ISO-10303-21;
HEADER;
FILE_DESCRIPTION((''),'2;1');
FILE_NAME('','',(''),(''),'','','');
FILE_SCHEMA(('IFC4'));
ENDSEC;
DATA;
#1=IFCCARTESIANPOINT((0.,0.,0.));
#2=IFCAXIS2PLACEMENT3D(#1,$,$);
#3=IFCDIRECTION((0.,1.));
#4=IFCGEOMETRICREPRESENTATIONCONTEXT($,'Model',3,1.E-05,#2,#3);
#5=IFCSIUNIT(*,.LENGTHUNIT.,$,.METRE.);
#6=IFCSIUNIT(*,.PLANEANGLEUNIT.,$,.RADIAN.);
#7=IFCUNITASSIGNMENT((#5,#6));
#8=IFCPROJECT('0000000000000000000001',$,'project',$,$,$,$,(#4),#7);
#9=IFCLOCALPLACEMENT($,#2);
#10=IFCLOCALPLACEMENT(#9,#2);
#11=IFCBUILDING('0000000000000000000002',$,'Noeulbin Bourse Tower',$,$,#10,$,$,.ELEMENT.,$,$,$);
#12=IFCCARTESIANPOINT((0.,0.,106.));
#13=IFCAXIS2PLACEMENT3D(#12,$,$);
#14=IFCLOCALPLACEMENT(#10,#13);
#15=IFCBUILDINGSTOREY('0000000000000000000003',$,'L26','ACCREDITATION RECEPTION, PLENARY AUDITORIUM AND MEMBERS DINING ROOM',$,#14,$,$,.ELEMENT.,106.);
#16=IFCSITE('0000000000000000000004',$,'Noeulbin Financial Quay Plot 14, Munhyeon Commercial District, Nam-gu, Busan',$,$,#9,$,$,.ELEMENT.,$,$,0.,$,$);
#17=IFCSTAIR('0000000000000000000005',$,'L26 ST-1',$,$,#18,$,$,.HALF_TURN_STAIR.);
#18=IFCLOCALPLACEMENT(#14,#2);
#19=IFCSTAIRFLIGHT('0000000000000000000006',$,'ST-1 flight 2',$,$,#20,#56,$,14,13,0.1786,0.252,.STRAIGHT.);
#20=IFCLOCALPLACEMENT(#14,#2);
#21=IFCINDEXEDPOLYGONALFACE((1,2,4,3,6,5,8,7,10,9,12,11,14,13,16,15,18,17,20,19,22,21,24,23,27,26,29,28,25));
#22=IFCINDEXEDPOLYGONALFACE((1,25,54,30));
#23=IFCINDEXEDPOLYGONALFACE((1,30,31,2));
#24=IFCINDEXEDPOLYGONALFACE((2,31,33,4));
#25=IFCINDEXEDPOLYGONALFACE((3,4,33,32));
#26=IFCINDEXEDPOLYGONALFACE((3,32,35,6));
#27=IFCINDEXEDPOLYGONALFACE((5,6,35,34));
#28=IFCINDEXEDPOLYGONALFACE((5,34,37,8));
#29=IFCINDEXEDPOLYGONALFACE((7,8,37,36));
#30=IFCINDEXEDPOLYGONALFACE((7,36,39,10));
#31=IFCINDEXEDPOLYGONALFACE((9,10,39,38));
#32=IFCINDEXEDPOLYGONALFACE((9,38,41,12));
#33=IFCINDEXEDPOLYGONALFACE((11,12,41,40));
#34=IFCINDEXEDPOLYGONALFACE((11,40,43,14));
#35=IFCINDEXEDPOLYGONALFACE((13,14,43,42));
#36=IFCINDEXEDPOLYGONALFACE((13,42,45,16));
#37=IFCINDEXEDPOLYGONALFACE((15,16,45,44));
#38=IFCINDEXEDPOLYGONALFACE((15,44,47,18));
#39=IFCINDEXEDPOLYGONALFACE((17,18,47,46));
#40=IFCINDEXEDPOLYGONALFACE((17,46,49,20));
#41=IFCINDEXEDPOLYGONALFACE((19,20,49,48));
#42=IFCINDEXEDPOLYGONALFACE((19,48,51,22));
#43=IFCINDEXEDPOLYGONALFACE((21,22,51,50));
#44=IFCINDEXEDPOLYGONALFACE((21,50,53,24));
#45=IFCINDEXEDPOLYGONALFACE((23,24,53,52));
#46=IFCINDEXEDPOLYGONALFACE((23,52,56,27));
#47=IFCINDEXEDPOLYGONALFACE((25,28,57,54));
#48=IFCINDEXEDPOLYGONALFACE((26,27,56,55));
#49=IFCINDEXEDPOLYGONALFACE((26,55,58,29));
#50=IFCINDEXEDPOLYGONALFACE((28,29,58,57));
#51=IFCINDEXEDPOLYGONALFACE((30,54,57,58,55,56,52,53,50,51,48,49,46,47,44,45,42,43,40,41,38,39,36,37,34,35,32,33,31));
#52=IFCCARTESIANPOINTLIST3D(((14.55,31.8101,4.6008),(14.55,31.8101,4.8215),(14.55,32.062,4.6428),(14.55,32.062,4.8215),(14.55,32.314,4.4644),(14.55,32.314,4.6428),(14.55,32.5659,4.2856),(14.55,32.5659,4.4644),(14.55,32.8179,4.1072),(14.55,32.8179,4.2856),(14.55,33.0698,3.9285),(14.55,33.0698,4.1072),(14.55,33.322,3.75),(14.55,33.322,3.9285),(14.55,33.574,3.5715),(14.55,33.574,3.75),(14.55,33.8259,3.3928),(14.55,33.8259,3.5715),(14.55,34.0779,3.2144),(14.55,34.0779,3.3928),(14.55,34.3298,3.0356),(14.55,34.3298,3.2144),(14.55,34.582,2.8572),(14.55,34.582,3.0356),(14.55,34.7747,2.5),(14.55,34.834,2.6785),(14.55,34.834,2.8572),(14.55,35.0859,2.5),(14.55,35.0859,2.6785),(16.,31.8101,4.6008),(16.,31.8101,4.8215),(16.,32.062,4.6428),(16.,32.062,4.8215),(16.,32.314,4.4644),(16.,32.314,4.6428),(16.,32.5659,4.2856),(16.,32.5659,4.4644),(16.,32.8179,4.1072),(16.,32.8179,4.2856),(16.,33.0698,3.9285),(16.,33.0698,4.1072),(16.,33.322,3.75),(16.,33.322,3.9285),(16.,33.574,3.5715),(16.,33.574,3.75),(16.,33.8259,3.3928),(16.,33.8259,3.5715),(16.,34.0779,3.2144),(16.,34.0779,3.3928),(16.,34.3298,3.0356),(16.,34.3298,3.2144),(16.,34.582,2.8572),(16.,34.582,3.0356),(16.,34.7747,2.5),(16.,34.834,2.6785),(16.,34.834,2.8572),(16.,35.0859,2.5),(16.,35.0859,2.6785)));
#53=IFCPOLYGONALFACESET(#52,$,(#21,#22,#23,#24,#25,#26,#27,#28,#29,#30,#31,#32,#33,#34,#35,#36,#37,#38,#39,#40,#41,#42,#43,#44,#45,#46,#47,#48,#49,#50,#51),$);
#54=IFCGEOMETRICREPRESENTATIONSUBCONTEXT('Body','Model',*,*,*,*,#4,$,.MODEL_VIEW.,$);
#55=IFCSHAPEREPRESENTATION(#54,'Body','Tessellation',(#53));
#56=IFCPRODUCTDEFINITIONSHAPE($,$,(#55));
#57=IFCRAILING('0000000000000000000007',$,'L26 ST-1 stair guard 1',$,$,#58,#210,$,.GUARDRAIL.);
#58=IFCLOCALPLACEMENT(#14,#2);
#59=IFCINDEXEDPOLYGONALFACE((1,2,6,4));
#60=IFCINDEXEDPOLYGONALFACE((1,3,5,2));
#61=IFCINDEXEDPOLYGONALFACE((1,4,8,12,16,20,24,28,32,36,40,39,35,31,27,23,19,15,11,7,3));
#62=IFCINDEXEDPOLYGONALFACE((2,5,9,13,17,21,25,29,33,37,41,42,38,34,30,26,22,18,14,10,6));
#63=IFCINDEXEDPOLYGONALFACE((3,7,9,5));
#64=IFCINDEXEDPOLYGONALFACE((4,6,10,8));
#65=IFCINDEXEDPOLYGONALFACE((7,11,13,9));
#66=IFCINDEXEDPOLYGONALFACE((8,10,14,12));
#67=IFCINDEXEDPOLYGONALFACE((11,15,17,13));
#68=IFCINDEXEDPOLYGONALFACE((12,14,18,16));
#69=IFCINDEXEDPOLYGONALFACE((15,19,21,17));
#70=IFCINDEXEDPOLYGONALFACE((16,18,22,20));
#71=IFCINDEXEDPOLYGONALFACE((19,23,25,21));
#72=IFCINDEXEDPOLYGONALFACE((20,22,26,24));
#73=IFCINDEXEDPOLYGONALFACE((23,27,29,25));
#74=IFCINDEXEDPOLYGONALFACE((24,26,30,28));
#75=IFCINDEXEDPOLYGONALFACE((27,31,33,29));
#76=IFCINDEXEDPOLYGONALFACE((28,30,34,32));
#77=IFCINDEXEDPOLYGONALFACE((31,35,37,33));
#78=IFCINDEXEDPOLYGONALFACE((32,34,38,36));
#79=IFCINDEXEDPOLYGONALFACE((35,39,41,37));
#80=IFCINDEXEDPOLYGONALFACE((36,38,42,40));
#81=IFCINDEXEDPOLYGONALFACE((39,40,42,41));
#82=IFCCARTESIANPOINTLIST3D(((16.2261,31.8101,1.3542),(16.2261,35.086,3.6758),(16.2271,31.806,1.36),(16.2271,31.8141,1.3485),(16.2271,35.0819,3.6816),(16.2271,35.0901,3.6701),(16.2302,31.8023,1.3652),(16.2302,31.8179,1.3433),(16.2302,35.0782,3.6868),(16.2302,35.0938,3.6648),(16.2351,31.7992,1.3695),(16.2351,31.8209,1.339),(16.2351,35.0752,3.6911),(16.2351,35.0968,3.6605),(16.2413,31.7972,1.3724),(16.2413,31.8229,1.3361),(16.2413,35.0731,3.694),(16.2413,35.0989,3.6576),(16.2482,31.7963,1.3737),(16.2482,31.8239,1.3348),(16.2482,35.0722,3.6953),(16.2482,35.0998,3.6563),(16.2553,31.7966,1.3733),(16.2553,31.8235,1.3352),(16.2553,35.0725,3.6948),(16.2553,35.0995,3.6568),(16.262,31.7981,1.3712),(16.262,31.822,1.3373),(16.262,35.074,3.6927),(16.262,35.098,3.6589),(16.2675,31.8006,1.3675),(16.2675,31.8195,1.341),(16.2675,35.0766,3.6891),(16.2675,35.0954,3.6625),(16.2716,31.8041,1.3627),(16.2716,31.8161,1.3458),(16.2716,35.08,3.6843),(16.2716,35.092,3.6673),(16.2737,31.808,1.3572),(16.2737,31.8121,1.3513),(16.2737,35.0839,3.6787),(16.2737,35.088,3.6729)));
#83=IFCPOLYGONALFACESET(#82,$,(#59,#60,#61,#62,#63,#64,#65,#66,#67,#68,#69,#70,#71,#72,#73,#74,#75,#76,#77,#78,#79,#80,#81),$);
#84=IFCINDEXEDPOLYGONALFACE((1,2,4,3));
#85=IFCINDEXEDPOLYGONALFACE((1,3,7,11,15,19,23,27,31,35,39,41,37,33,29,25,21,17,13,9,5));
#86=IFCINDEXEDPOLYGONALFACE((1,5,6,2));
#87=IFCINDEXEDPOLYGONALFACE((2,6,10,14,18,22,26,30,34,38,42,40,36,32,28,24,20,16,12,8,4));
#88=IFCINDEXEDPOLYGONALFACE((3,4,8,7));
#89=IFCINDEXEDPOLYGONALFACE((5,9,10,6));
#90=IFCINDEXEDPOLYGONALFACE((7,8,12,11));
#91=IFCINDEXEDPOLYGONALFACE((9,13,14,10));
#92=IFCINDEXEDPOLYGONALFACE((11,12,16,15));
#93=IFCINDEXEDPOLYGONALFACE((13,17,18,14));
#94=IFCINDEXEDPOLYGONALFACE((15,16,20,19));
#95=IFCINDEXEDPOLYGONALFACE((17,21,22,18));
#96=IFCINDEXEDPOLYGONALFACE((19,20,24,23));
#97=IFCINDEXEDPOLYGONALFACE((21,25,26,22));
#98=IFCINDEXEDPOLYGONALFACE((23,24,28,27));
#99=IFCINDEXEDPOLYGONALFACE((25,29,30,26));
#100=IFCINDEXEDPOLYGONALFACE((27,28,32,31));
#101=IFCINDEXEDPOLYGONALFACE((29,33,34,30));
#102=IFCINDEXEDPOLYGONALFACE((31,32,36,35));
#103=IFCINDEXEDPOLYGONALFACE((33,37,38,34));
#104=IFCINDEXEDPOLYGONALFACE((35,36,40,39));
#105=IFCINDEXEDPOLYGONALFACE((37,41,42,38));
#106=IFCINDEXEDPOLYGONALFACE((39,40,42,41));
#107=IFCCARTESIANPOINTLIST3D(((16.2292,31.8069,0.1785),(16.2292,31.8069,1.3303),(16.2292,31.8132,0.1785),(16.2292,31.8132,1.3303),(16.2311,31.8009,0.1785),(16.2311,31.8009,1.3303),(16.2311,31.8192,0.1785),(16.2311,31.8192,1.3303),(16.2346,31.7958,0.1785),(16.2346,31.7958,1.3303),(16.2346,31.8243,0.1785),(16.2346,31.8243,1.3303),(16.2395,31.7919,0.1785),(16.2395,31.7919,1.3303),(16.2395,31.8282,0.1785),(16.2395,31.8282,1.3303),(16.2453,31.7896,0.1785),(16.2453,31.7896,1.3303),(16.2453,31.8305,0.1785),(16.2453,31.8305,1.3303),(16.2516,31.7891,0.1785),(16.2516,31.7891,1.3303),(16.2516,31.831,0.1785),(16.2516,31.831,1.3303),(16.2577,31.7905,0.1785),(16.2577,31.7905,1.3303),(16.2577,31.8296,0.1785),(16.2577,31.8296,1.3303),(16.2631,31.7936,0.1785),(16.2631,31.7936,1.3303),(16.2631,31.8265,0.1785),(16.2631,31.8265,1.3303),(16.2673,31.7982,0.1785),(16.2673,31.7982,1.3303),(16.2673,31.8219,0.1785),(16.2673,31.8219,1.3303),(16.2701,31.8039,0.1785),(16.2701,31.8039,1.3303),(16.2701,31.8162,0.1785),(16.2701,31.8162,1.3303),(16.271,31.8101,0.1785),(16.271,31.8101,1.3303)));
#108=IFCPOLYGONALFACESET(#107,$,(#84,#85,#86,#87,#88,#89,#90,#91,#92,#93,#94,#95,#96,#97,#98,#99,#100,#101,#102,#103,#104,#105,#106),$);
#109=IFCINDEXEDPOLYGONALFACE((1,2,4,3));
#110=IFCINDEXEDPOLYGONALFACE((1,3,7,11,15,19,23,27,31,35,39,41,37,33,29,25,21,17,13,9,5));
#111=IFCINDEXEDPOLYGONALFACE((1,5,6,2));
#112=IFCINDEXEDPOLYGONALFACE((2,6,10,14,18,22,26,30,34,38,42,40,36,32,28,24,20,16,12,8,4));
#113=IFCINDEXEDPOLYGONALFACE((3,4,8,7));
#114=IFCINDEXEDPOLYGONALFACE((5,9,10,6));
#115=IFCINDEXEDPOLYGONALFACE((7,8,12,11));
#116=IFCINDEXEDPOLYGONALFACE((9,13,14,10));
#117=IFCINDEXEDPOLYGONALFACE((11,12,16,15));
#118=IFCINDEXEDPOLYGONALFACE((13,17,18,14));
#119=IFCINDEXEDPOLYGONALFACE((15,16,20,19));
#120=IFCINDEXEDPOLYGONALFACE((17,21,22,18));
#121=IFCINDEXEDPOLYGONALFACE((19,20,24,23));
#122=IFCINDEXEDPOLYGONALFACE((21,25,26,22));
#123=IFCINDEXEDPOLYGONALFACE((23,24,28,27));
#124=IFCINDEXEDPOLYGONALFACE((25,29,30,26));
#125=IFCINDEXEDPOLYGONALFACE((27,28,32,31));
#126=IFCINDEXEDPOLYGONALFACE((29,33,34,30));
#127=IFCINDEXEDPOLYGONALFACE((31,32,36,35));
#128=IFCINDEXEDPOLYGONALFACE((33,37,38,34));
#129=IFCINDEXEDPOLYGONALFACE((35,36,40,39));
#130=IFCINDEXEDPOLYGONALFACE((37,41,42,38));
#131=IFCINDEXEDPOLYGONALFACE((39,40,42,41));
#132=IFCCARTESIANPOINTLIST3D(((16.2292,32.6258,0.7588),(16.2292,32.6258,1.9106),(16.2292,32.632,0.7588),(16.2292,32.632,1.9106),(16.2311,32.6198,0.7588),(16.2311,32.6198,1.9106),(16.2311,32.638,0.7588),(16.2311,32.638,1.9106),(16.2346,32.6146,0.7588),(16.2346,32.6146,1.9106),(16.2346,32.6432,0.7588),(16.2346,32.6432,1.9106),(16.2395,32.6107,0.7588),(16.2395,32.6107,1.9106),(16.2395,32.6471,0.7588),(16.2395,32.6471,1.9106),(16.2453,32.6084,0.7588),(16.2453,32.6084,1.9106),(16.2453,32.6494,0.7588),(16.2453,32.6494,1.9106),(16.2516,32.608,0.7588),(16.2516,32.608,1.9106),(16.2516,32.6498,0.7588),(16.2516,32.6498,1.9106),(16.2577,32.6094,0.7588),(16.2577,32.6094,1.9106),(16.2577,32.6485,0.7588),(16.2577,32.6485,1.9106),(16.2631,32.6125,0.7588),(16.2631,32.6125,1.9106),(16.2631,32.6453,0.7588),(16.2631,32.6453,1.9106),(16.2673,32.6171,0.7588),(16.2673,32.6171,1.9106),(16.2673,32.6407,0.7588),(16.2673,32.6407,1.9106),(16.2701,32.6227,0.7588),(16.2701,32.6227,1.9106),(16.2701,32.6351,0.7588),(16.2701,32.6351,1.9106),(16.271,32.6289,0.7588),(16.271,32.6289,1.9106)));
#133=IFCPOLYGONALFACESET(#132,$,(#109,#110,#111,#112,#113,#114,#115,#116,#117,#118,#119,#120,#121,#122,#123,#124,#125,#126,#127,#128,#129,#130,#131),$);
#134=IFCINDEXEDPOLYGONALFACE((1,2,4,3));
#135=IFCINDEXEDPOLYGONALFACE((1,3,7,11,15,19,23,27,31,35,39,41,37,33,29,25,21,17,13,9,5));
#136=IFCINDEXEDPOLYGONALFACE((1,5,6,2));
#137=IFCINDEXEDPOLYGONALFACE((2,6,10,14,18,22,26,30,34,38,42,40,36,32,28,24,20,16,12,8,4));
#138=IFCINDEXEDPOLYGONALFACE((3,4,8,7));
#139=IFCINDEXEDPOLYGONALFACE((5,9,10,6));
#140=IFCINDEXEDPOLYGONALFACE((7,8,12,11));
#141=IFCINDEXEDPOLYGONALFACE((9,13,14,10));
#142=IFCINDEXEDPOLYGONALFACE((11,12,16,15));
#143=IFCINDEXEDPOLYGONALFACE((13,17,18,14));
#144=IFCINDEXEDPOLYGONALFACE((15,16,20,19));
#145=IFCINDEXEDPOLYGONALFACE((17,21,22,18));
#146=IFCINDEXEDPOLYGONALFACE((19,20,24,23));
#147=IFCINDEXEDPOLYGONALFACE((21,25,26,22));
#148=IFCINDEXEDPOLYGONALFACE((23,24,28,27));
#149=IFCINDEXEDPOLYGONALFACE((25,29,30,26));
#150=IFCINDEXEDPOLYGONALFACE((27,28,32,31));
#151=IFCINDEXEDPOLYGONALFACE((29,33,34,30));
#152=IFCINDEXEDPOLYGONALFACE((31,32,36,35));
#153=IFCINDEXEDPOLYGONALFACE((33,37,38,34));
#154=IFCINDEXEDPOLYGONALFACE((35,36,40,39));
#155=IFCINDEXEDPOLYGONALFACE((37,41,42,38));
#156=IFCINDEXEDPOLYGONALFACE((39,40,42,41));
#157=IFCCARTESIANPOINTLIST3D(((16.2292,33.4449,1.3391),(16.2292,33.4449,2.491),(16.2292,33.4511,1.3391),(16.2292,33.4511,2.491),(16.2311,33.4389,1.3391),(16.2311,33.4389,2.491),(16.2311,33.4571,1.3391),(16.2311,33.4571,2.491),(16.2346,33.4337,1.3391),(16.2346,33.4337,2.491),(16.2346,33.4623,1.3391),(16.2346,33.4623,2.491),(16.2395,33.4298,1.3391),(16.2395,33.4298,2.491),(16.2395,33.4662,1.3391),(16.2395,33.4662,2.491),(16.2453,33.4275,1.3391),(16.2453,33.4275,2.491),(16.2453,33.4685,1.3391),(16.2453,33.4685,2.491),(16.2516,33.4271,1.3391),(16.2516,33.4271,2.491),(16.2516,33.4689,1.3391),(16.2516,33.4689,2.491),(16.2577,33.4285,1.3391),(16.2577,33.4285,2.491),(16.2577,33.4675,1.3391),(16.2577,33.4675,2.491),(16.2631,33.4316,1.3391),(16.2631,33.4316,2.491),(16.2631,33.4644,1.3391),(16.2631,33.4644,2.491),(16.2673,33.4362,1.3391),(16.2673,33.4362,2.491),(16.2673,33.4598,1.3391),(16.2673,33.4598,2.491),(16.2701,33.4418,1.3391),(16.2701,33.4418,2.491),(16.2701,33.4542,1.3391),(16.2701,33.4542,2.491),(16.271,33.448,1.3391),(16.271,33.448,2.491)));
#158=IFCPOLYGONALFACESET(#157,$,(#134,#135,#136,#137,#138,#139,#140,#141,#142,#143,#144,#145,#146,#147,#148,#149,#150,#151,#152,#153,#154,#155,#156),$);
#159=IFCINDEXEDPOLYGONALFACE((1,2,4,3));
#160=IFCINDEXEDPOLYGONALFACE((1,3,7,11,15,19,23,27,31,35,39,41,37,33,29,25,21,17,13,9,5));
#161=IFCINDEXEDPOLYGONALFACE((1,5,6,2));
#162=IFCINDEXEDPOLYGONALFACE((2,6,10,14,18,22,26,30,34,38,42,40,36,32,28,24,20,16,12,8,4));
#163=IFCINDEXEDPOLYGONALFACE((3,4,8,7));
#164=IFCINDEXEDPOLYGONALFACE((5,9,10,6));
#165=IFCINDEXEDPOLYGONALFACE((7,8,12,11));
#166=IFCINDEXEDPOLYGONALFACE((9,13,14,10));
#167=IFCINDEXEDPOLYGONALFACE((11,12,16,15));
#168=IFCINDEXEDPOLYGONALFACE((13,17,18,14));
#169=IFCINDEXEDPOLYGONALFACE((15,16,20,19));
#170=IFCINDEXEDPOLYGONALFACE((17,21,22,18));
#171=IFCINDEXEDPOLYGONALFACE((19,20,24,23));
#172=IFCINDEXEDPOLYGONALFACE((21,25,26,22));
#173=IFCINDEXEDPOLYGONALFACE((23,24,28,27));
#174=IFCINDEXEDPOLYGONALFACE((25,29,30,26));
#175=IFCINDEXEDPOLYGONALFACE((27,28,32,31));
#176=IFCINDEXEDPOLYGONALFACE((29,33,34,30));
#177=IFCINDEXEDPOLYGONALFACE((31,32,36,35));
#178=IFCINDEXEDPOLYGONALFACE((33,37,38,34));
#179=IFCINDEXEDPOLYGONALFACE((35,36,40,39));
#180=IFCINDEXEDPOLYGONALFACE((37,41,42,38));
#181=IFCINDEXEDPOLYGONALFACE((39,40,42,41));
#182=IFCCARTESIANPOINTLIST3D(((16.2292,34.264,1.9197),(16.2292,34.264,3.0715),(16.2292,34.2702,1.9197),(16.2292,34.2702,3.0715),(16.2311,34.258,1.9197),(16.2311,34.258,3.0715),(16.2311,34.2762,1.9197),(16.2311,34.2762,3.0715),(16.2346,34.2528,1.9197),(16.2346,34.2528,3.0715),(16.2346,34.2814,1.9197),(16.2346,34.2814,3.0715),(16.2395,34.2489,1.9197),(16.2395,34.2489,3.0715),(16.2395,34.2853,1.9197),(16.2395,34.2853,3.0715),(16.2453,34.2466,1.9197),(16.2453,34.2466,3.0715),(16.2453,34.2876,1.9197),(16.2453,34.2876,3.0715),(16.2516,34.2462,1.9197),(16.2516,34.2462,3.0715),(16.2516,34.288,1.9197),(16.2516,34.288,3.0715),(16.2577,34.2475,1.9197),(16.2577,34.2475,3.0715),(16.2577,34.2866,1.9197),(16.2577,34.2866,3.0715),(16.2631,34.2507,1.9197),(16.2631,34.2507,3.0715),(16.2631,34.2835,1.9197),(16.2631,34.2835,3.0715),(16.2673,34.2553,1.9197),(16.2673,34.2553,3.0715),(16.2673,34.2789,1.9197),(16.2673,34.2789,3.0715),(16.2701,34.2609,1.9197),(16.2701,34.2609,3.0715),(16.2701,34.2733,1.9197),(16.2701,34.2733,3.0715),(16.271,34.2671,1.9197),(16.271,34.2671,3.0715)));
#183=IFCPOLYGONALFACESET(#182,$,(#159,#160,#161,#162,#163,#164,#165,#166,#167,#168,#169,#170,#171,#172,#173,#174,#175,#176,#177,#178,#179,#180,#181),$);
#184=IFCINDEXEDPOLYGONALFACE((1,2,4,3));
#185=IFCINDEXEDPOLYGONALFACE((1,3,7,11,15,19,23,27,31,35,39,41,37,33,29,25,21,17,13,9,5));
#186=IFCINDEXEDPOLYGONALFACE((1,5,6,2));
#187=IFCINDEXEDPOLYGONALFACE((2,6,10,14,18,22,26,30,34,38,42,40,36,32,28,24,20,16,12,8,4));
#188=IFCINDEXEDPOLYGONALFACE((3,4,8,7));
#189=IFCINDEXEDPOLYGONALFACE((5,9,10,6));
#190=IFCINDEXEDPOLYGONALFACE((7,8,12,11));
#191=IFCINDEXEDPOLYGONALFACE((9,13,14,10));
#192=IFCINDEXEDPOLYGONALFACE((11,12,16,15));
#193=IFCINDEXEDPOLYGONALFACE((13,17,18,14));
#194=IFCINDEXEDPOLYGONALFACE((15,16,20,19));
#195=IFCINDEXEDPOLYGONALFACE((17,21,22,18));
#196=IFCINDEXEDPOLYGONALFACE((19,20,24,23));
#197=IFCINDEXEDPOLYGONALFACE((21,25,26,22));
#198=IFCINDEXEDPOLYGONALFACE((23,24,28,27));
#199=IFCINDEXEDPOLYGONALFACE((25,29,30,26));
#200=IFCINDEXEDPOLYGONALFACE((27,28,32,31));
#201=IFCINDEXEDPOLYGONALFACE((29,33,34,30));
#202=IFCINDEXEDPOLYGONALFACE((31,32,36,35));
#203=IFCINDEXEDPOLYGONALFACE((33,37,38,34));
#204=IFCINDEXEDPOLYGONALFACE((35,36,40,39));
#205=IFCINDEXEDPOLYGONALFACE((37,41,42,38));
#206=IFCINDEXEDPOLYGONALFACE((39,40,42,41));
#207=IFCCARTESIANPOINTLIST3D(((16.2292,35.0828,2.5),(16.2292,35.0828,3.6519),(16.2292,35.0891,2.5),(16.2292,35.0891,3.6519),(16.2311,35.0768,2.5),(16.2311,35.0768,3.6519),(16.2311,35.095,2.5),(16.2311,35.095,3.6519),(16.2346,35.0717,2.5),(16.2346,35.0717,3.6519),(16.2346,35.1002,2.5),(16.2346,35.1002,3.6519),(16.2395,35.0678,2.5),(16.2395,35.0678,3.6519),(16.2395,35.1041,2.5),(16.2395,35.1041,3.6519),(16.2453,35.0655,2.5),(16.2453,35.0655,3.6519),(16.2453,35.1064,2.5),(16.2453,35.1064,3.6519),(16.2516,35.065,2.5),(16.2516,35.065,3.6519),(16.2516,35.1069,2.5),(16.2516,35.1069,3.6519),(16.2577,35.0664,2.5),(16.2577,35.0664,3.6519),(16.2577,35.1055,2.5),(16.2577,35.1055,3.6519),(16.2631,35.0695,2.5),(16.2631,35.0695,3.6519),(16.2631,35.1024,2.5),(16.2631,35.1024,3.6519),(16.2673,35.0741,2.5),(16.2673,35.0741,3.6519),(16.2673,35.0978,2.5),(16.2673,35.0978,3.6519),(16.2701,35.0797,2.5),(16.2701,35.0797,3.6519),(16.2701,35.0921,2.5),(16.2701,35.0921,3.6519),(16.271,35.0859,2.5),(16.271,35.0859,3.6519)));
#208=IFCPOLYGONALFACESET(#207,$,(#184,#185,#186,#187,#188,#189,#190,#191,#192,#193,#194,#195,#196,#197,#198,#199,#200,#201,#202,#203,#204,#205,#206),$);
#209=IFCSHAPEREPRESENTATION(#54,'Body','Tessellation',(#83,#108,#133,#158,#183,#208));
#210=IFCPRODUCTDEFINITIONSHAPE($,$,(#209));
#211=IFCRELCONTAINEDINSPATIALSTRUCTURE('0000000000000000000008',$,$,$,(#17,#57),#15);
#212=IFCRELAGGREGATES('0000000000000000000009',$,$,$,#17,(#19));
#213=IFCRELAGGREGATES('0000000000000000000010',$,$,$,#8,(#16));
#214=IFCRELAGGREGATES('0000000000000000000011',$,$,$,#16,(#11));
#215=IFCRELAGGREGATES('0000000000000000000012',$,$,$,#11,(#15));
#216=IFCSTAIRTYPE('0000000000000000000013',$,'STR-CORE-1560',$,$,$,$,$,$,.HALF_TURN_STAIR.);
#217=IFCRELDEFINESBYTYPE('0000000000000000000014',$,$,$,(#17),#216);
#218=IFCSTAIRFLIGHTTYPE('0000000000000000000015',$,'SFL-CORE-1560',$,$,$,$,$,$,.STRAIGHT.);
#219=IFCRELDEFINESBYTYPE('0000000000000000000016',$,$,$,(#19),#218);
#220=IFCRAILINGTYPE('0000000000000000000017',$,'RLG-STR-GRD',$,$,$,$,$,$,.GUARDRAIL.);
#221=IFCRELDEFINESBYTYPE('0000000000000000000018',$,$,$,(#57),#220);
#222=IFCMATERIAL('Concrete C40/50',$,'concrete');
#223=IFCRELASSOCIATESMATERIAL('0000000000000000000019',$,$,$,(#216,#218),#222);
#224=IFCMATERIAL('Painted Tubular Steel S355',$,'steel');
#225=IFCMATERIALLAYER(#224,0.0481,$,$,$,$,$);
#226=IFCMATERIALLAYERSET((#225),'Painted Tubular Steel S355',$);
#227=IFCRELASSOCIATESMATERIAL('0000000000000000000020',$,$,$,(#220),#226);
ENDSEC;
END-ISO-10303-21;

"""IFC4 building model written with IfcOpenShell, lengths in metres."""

from ifc_helpers import new_model, si_unit, direction, frame, origin, origin_2d, place, context, subcontext, project, spatial, polyline, circle, outline, extrude, material, layer, layer_set, type_object, element, aggregate, save


model = new_model("IFC4")

# Units and contexts
model_context = context("Model", 3, precision=1e-05, world=origin(), true_north=direction((0.0, 1.0)))
body_context = subcontext(model_context, "Body", "Model", "MODEL_VIEW")
ifc_project = project(units=[si_unit("LENGTHUNIT", "METRE"), si_unit("PLANEANGLEUNIT", "RADIAN")], contexts=[model_context])

# Site, building, storey
site_placement = place(None, origin())
site = spatial("IfcSite", under=ifc_project, at=site_placement, Name="Noeulbin Financial Quay Plot 14, Munhyeon Commercial District, Nam-gu, Busan", CompositionType="ELEMENT", RefElevation=0.0)
building_placement = place(site_placement, origin())
building = spatial("IfcBuilding", under=site, at=building_placement, Name="Noeulbin Bourse Tower", CompositionType="ELEMENT")
storey_placement = place(building_placement, frame((0.0, 0.0, 106.0)))
storey = spatial("IfcBuildingStorey", under=building, at=storey_placement, Name="L26", Description="ACCREDITATION RECEPTION, PLENARY AUDITORIUM AND MEMBERS DINING ROOM", CompositionType="ELEMENT", Elevation=106.0)

# Shared definitions
ifc_material_1 = material(Name="Concrete C40/50", Category="concrete")

# Stair, stair flight
stair_type = type_object("IfcStairType", Name="STR-CORE-1560", PredefinedType="HALF_TURN_STAIR", material=ifc_material_1)
stair_placement = place(storey_placement, origin())
stair = element("IfcStair", 1, at=stair_placement, inside=storey, type_object=stair_type, Name="L26 ST-1", PredefinedType="HALF_TURN_STAIR")
stair_flight_type = type_object("IfcStairFlightType", Name="SFL-CORE-1560", PredefinedType="STRAIGHT", material=ifc_material_1)
stair_flight_1_placement = place(storey_placement, frame((15.2749, 35.0859, 2.5), z_axis=(0.0, 0.0, 1.0), x_axis=(0.0, -1.0, 0.0)))
stair_flight_1 = element("IfcStairFlight", 2, at=stair_flight_1_placement, type_object=stair_flight_type, Name="ST-1 flight 2", NumberOfRisers=14, NumberOfTreads=13, PredefinedType="STRAIGHT", RiserHeight=0.1786, TreadLength=0.252, context=body_context, shape_type="SweptSolid", body=[
    extrude(outline(polyline([(0.0, 0.0), (0.0, 0.1785), (0.252, 0.1785), (0.252, 0.3572), (0.5039, 0.3572), (0.5039, 0.5356), (0.7561, 0.5356), (0.7561, 0.7144), (1.0081, 0.7144), (1.0081, 0.8928), (1.26, 0.8928), (1.26, 1.0715), (1.512, 1.0715), (1.512, 1.25), (1.7639, 1.25), (1.7639, 1.4285), (2.0161, 1.4285), (2.0161, 1.6072), (2.2681, 1.6072), (2.2681, 1.7856), (2.52, 1.7856), (2.52, 1.9644), (2.772, 1.9644), (2.772, 2.1428), (3.0239, 2.1428), (3.0239, 2.3215), (3.2759, 2.3215), (3.2759, 2.5), (3.2759, 2.1008), (0.3113, 0.0), (0.0, 0.0)])), frame((0.0, 0.7251, 0.0), z_axis=(0.0, -1.0, 0.0), x_axis=(1.0, 0.0, 0.0)), (0.0, 0.0, 1.0), 1.45),
])
aggregate(stair, [stair_flight_1])

# Railing
ifc_material_2 = material(Name="Painted Tubular Steel S355", Category="steel")
ifc_layer_1 = layer(ifc_material_2, 0.0481)
ifc_layer_set_1 = layer_set([ifc_layer_1], Name="Painted Tubular Steel S355")
railing_type_1 = type_object("IfcRailingType", Name="RLG-STR-GRD", PredefinedType="GUARDRAIL", material=ifc_layer_set_1)
railing_1_placement = place(storey_placement, frame((16.25, 31.8101, 0.1785)))
element("IfcRailing", 3, at=railing_1_placement, inside=storey, type_object=railing_type_1, Name="L26 ST-1 stair guard 1", PredefinedType="GUARDRAIL", context=body_context, shape_type="SweptSolid", body=[
    extrude(circle(Radius=0.0239, at=origin_2d()), frame((0.0, 0.0, 1.1758), z_axis=(0.0, 0.815893, 0.578203), x_axis=(-1.0, 0.0, 0.0)), (0.0, 0.0, 1.0), 4.0151),
    extrude(circle(Radius=0.021, at=origin_2d()), origin(), (0.0, 0.0, 1.0), 1.1519),
    extrude(circle(Radius=0.021, at=origin_2d()), frame((0.0, 0.8188, 0.5803)), (0.0, 0.0, 1.0), 1.1519),
    extrude(circle(Radius=0.021, at=origin_2d()), frame((0.0, 1.6379, 1.1606)), (0.0, 0.0, 1.0), 1.1519),
    extrude(circle(Radius=0.021, at=origin_2d()), frame((0.0, 2.457, 1.7412)), (0.0, 0.0, 1.0), 1.1519),
    extrude(circle(Radius=0.021, at=origin_2d()), frame((0.0, 3.2759, 2.3215)), (0.0, 0.0, 1.0), 1.1519),
])

save(model, "model.ifc")
